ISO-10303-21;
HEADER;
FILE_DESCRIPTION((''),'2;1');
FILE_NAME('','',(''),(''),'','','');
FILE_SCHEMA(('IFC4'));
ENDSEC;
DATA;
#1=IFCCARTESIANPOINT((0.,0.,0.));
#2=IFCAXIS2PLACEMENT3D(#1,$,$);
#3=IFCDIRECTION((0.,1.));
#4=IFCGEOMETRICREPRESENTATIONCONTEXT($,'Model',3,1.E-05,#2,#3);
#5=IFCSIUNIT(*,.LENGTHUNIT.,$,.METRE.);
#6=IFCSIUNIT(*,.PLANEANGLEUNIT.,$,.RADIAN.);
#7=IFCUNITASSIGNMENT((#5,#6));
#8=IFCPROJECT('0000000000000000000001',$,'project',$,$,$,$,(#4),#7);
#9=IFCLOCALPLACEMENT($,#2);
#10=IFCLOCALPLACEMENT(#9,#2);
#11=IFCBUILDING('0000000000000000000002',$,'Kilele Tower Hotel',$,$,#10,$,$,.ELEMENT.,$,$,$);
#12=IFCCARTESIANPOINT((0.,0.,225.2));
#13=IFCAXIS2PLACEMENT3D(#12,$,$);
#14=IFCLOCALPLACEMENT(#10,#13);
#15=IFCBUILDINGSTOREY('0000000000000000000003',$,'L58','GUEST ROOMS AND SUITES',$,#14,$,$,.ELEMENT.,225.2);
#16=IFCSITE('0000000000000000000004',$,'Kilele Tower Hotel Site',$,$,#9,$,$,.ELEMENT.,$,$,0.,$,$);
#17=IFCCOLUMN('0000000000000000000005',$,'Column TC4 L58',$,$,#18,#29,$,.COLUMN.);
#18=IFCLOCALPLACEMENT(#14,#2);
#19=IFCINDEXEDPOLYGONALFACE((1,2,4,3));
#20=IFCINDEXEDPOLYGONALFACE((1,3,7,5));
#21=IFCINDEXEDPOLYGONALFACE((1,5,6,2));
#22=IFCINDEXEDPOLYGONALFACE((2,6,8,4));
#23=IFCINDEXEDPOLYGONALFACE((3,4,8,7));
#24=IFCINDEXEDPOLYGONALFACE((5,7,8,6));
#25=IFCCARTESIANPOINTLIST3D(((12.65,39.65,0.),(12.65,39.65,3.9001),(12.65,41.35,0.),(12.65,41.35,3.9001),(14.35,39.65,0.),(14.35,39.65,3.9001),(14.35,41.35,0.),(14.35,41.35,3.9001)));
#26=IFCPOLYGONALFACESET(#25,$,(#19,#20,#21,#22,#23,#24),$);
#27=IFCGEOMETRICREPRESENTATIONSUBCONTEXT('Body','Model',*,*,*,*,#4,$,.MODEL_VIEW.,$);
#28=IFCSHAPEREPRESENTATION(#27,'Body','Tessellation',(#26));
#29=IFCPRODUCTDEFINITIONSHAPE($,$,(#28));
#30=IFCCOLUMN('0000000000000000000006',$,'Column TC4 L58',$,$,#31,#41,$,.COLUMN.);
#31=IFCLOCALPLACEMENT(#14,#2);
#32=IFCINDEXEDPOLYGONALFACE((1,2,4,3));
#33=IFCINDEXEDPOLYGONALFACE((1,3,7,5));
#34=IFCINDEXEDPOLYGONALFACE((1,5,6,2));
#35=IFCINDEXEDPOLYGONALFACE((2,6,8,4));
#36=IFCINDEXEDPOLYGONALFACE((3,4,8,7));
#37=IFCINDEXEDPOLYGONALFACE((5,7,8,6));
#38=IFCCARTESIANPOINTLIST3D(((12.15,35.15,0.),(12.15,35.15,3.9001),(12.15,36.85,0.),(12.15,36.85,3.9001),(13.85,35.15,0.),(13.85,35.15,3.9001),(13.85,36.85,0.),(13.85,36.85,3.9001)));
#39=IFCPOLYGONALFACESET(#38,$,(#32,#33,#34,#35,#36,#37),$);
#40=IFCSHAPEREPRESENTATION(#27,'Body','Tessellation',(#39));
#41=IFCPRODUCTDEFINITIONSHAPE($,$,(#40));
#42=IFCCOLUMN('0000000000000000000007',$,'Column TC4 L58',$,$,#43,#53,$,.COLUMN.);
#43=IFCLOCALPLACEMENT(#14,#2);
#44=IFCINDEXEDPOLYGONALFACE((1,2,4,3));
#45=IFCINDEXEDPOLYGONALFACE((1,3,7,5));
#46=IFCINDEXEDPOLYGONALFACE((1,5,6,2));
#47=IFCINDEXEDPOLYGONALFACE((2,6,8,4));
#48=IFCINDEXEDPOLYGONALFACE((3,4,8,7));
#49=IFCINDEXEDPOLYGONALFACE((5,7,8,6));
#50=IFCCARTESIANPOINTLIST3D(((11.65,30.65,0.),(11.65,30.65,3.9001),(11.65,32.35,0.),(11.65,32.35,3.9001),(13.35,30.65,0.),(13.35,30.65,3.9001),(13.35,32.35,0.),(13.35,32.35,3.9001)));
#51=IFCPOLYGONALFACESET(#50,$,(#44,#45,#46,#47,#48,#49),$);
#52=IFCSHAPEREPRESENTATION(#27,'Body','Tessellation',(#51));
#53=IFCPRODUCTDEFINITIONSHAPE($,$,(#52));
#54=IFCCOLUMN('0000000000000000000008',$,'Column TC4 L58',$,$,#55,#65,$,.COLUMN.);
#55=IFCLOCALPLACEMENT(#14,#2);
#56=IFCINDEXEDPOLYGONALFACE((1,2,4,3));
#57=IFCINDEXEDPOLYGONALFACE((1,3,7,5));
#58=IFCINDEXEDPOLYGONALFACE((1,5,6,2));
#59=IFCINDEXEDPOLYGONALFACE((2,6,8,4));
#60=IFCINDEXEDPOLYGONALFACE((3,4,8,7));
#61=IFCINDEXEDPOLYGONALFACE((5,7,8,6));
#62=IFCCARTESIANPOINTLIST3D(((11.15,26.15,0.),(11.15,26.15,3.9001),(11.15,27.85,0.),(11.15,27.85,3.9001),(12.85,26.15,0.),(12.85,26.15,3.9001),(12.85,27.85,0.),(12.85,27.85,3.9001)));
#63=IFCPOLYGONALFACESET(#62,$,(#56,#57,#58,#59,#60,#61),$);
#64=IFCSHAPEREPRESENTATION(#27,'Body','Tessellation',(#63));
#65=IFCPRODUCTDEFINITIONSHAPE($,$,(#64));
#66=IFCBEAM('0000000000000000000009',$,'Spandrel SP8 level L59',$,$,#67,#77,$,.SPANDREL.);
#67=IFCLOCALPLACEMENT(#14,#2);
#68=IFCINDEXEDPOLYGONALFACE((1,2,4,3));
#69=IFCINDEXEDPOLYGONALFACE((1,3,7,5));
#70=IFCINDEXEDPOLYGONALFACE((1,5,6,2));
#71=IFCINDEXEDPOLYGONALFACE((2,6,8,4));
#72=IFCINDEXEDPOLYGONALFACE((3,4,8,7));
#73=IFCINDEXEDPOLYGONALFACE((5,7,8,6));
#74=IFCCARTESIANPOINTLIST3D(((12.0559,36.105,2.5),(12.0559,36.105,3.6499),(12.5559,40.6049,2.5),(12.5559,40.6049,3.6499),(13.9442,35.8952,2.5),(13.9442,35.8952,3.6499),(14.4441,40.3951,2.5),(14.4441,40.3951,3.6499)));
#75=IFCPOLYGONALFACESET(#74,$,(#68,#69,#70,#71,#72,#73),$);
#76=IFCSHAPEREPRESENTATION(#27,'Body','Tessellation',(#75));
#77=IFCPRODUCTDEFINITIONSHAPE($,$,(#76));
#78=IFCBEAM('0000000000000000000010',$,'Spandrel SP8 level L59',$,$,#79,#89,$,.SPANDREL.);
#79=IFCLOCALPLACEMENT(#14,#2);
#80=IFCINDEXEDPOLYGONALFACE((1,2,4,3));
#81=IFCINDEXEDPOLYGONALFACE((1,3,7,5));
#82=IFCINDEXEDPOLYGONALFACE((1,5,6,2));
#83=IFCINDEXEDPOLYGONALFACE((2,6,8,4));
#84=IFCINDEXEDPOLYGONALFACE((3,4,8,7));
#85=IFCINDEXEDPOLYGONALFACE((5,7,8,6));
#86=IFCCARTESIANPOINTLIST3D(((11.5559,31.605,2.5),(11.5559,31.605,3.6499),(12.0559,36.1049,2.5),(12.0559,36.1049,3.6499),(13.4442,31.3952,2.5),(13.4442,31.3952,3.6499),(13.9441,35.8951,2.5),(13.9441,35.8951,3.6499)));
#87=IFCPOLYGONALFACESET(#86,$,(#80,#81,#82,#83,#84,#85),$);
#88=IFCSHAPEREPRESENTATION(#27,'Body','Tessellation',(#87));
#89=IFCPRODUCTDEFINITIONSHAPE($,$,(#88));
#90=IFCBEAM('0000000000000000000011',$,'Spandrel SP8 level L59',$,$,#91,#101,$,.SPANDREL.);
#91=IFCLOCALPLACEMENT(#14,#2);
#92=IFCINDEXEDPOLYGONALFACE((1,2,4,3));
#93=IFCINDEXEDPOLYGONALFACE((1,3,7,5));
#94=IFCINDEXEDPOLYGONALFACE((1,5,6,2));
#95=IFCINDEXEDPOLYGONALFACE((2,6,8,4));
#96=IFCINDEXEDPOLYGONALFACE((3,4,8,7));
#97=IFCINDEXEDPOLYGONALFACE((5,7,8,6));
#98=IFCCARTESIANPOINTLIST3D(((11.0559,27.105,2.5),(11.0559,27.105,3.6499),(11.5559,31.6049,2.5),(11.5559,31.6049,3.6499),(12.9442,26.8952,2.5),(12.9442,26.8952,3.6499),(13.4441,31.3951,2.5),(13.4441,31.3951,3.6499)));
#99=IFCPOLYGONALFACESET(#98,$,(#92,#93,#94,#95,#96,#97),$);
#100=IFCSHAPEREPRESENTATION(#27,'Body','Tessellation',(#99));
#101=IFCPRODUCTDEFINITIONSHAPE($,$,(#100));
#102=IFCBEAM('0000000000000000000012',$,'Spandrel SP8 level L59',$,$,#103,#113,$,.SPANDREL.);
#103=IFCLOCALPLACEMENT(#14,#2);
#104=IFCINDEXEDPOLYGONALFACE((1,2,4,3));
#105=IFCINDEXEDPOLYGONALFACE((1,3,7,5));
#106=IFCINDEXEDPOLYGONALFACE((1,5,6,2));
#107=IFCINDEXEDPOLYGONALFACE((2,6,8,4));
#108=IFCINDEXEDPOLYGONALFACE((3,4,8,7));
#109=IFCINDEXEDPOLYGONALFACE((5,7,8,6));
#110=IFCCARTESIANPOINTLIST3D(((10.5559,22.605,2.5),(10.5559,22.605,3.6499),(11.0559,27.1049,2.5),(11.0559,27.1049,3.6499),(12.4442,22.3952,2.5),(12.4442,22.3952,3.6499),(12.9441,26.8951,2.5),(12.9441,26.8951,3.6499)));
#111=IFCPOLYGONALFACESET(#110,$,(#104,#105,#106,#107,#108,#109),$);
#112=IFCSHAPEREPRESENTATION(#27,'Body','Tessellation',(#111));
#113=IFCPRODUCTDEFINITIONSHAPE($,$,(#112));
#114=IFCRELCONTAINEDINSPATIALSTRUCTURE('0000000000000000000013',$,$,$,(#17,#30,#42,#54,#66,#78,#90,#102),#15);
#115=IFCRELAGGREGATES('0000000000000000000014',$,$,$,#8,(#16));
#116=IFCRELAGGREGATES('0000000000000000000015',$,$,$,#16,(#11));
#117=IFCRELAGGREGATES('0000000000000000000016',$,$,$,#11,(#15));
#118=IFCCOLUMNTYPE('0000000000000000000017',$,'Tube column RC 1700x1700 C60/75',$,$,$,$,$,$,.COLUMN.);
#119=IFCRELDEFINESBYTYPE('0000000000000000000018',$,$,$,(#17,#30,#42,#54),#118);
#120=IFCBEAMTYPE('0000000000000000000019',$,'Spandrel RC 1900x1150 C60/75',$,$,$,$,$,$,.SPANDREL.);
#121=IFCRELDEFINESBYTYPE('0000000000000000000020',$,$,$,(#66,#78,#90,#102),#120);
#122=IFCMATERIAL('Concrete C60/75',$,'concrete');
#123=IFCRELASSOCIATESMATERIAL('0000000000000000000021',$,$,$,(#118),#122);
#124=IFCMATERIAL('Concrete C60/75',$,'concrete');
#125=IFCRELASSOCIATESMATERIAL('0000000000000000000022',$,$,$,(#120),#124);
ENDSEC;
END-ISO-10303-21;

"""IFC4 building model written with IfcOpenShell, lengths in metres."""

from ifc_helpers import new_model, si_unit, direction, frame, origin, origin_2d, place, context, subcontext, project, spatial, rectangle, extrude, material, material_profile, profile_set, type_object, element, save


model = new_model("IFC4")

# Units and contexts
model_context = context("Model", 3, precision=1e-05, world=origin(), true_north=direction((0.0, 1.0)))
body_context = subcontext(model_context, "Body", "Model", "MODEL_VIEW")
ifc_project = project(units=[si_unit("LENGTHUNIT", "METRE"), si_unit("PLANEANGLEUNIT", "RADIAN")], contexts=[model_context])

# Site, building, storey
site_placement = place(None, origin())
site = spatial("IfcSite", under=ifc_project, at=site_placement, Name="Kilele Tower Hotel Site", CompositionType="ELEMENT", RefElevation=0.0)
building_placement = place(site_placement, origin())
building = spatial("IfcBuilding", under=site, at=building_placement, Name="Kilele Tower Hotel", CompositionType="ELEMENT")
storey_placement = place(building_placement, frame((0.0, 0.0, 225.2)))
storey = spatial("IfcBuildingStorey", under=building, at=storey_placement, Name="L58", Description="GUEST ROOMS AND SUITES", CompositionType="ELEMENT", Elevation=225.2)

# Columns
ifc_material_1 = material(Name="Concrete C60/75", Category="concrete")
ifc_material_profile_1 = material_profile(ifc_material_1, rectangle(XDim=1.7, YDim=1.7, at=origin_2d()))
ifc_profile_set_1 = profile_set([ifc_material_profile_1], Name="Concrete C60/75")
column_type = type_object("IfcColumnType", Name="Tube column RC 1700x1700 C60/75", PredefinedType="COLUMN", material=ifc_profile_set_1)
for number, where, z_axis, x_axis, name in (
    (1, (13.5, 40.5, 0.0), (0.0, 0.0, 1.0), (1.0, 0.0, 0.0), "Column TC4 L58"),
    (2, (13.0, 36.0, 0.0), (0.0, 0.0, 1.0), (1.0, 0.0, 0.0), "Column TC4 L58"),
    (3, (12.5, 31.5, 0.0), (0.0, 0.0, 1.0), (1.0, 0.0, 0.0), "Column TC4 L58"),
    (4, (12.0, 27.0, 0.0), (0.0, 0.0, 1.0), (1.0, 0.0, 0.0), "Column TC4 L58"),
):
    element("IfcColumn", number, at=place(storey_placement, frame(where, z_axis=z_axis, x_axis=x_axis)), inside=storey, type_object=column_type, Name=name, PredefinedType="COLUMN", context=body_context, shape_type="SweptSolid", body=[
        extrude(rectangle(XDim=1.7, YDim=1.7, at=origin_2d()), origin(), (0.0, 0.0, 1.0), 3.9001),
    ])

# Beams
ifc_material_2 = material(Name="Concrete C60/75", Category="concrete")
ifc_material_profile_2 = material_profile(ifc_material_2, rectangle(XDim=1.8999, YDim=1.1499, at=origin_2d()))
ifc_profile_set_2 = profile_set([ifc_material_profile_2], Name="Concrete C60/75")
beam_type = type_object("IfcBeamType", Name="Spandrel RC 1900x1150 C60/75", PredefinedType="SPANDREL", material=ifc_profile_set_2)
for number, where, z_axis, x_axis, name in (
    (5, (13.5, 40.5, 3.075), (-0.110432, -0.993884, 0.0), (0.993884, -0.110432, 0.0), "Spandrel SP8 level L59"),
    (6, (13.0, 36.0, 3.075), (-0.110432, -0.993884, 0.0), (0.993884, -0.110432, 0.0), "Spandrel SP8 level L59"),
    (7, (12.5, 31.5, 3.075), (-0.110432, -0.993884, 0.0), (0.993884, -0.110432, 0.0), "Spandrel SP8 level L59"),
    (8, (12.0, 27.0, 3.075), (-0.110432, -0.993884, 0.0), (0.993884, -0.110432, 0.0), "Spandrel SP8 level L59"),
):
    element("IfcBeam", number, at=place(storey_placement, frame(where, z_axis=z_axis, x_axis=x_axis)), inside=storey, type_object=beam_type, Name=name, PredefinedType="SPANDREL", context=body_context, shape_type="SweptSolid", body=[
        extrude(rectangle(XDim=1.8999, YDim=1.1499, at=origin_2d()), origin(), (0.0, 0.0, 1.0), 4.5276),
    ])

save(model, "model.ifc")
